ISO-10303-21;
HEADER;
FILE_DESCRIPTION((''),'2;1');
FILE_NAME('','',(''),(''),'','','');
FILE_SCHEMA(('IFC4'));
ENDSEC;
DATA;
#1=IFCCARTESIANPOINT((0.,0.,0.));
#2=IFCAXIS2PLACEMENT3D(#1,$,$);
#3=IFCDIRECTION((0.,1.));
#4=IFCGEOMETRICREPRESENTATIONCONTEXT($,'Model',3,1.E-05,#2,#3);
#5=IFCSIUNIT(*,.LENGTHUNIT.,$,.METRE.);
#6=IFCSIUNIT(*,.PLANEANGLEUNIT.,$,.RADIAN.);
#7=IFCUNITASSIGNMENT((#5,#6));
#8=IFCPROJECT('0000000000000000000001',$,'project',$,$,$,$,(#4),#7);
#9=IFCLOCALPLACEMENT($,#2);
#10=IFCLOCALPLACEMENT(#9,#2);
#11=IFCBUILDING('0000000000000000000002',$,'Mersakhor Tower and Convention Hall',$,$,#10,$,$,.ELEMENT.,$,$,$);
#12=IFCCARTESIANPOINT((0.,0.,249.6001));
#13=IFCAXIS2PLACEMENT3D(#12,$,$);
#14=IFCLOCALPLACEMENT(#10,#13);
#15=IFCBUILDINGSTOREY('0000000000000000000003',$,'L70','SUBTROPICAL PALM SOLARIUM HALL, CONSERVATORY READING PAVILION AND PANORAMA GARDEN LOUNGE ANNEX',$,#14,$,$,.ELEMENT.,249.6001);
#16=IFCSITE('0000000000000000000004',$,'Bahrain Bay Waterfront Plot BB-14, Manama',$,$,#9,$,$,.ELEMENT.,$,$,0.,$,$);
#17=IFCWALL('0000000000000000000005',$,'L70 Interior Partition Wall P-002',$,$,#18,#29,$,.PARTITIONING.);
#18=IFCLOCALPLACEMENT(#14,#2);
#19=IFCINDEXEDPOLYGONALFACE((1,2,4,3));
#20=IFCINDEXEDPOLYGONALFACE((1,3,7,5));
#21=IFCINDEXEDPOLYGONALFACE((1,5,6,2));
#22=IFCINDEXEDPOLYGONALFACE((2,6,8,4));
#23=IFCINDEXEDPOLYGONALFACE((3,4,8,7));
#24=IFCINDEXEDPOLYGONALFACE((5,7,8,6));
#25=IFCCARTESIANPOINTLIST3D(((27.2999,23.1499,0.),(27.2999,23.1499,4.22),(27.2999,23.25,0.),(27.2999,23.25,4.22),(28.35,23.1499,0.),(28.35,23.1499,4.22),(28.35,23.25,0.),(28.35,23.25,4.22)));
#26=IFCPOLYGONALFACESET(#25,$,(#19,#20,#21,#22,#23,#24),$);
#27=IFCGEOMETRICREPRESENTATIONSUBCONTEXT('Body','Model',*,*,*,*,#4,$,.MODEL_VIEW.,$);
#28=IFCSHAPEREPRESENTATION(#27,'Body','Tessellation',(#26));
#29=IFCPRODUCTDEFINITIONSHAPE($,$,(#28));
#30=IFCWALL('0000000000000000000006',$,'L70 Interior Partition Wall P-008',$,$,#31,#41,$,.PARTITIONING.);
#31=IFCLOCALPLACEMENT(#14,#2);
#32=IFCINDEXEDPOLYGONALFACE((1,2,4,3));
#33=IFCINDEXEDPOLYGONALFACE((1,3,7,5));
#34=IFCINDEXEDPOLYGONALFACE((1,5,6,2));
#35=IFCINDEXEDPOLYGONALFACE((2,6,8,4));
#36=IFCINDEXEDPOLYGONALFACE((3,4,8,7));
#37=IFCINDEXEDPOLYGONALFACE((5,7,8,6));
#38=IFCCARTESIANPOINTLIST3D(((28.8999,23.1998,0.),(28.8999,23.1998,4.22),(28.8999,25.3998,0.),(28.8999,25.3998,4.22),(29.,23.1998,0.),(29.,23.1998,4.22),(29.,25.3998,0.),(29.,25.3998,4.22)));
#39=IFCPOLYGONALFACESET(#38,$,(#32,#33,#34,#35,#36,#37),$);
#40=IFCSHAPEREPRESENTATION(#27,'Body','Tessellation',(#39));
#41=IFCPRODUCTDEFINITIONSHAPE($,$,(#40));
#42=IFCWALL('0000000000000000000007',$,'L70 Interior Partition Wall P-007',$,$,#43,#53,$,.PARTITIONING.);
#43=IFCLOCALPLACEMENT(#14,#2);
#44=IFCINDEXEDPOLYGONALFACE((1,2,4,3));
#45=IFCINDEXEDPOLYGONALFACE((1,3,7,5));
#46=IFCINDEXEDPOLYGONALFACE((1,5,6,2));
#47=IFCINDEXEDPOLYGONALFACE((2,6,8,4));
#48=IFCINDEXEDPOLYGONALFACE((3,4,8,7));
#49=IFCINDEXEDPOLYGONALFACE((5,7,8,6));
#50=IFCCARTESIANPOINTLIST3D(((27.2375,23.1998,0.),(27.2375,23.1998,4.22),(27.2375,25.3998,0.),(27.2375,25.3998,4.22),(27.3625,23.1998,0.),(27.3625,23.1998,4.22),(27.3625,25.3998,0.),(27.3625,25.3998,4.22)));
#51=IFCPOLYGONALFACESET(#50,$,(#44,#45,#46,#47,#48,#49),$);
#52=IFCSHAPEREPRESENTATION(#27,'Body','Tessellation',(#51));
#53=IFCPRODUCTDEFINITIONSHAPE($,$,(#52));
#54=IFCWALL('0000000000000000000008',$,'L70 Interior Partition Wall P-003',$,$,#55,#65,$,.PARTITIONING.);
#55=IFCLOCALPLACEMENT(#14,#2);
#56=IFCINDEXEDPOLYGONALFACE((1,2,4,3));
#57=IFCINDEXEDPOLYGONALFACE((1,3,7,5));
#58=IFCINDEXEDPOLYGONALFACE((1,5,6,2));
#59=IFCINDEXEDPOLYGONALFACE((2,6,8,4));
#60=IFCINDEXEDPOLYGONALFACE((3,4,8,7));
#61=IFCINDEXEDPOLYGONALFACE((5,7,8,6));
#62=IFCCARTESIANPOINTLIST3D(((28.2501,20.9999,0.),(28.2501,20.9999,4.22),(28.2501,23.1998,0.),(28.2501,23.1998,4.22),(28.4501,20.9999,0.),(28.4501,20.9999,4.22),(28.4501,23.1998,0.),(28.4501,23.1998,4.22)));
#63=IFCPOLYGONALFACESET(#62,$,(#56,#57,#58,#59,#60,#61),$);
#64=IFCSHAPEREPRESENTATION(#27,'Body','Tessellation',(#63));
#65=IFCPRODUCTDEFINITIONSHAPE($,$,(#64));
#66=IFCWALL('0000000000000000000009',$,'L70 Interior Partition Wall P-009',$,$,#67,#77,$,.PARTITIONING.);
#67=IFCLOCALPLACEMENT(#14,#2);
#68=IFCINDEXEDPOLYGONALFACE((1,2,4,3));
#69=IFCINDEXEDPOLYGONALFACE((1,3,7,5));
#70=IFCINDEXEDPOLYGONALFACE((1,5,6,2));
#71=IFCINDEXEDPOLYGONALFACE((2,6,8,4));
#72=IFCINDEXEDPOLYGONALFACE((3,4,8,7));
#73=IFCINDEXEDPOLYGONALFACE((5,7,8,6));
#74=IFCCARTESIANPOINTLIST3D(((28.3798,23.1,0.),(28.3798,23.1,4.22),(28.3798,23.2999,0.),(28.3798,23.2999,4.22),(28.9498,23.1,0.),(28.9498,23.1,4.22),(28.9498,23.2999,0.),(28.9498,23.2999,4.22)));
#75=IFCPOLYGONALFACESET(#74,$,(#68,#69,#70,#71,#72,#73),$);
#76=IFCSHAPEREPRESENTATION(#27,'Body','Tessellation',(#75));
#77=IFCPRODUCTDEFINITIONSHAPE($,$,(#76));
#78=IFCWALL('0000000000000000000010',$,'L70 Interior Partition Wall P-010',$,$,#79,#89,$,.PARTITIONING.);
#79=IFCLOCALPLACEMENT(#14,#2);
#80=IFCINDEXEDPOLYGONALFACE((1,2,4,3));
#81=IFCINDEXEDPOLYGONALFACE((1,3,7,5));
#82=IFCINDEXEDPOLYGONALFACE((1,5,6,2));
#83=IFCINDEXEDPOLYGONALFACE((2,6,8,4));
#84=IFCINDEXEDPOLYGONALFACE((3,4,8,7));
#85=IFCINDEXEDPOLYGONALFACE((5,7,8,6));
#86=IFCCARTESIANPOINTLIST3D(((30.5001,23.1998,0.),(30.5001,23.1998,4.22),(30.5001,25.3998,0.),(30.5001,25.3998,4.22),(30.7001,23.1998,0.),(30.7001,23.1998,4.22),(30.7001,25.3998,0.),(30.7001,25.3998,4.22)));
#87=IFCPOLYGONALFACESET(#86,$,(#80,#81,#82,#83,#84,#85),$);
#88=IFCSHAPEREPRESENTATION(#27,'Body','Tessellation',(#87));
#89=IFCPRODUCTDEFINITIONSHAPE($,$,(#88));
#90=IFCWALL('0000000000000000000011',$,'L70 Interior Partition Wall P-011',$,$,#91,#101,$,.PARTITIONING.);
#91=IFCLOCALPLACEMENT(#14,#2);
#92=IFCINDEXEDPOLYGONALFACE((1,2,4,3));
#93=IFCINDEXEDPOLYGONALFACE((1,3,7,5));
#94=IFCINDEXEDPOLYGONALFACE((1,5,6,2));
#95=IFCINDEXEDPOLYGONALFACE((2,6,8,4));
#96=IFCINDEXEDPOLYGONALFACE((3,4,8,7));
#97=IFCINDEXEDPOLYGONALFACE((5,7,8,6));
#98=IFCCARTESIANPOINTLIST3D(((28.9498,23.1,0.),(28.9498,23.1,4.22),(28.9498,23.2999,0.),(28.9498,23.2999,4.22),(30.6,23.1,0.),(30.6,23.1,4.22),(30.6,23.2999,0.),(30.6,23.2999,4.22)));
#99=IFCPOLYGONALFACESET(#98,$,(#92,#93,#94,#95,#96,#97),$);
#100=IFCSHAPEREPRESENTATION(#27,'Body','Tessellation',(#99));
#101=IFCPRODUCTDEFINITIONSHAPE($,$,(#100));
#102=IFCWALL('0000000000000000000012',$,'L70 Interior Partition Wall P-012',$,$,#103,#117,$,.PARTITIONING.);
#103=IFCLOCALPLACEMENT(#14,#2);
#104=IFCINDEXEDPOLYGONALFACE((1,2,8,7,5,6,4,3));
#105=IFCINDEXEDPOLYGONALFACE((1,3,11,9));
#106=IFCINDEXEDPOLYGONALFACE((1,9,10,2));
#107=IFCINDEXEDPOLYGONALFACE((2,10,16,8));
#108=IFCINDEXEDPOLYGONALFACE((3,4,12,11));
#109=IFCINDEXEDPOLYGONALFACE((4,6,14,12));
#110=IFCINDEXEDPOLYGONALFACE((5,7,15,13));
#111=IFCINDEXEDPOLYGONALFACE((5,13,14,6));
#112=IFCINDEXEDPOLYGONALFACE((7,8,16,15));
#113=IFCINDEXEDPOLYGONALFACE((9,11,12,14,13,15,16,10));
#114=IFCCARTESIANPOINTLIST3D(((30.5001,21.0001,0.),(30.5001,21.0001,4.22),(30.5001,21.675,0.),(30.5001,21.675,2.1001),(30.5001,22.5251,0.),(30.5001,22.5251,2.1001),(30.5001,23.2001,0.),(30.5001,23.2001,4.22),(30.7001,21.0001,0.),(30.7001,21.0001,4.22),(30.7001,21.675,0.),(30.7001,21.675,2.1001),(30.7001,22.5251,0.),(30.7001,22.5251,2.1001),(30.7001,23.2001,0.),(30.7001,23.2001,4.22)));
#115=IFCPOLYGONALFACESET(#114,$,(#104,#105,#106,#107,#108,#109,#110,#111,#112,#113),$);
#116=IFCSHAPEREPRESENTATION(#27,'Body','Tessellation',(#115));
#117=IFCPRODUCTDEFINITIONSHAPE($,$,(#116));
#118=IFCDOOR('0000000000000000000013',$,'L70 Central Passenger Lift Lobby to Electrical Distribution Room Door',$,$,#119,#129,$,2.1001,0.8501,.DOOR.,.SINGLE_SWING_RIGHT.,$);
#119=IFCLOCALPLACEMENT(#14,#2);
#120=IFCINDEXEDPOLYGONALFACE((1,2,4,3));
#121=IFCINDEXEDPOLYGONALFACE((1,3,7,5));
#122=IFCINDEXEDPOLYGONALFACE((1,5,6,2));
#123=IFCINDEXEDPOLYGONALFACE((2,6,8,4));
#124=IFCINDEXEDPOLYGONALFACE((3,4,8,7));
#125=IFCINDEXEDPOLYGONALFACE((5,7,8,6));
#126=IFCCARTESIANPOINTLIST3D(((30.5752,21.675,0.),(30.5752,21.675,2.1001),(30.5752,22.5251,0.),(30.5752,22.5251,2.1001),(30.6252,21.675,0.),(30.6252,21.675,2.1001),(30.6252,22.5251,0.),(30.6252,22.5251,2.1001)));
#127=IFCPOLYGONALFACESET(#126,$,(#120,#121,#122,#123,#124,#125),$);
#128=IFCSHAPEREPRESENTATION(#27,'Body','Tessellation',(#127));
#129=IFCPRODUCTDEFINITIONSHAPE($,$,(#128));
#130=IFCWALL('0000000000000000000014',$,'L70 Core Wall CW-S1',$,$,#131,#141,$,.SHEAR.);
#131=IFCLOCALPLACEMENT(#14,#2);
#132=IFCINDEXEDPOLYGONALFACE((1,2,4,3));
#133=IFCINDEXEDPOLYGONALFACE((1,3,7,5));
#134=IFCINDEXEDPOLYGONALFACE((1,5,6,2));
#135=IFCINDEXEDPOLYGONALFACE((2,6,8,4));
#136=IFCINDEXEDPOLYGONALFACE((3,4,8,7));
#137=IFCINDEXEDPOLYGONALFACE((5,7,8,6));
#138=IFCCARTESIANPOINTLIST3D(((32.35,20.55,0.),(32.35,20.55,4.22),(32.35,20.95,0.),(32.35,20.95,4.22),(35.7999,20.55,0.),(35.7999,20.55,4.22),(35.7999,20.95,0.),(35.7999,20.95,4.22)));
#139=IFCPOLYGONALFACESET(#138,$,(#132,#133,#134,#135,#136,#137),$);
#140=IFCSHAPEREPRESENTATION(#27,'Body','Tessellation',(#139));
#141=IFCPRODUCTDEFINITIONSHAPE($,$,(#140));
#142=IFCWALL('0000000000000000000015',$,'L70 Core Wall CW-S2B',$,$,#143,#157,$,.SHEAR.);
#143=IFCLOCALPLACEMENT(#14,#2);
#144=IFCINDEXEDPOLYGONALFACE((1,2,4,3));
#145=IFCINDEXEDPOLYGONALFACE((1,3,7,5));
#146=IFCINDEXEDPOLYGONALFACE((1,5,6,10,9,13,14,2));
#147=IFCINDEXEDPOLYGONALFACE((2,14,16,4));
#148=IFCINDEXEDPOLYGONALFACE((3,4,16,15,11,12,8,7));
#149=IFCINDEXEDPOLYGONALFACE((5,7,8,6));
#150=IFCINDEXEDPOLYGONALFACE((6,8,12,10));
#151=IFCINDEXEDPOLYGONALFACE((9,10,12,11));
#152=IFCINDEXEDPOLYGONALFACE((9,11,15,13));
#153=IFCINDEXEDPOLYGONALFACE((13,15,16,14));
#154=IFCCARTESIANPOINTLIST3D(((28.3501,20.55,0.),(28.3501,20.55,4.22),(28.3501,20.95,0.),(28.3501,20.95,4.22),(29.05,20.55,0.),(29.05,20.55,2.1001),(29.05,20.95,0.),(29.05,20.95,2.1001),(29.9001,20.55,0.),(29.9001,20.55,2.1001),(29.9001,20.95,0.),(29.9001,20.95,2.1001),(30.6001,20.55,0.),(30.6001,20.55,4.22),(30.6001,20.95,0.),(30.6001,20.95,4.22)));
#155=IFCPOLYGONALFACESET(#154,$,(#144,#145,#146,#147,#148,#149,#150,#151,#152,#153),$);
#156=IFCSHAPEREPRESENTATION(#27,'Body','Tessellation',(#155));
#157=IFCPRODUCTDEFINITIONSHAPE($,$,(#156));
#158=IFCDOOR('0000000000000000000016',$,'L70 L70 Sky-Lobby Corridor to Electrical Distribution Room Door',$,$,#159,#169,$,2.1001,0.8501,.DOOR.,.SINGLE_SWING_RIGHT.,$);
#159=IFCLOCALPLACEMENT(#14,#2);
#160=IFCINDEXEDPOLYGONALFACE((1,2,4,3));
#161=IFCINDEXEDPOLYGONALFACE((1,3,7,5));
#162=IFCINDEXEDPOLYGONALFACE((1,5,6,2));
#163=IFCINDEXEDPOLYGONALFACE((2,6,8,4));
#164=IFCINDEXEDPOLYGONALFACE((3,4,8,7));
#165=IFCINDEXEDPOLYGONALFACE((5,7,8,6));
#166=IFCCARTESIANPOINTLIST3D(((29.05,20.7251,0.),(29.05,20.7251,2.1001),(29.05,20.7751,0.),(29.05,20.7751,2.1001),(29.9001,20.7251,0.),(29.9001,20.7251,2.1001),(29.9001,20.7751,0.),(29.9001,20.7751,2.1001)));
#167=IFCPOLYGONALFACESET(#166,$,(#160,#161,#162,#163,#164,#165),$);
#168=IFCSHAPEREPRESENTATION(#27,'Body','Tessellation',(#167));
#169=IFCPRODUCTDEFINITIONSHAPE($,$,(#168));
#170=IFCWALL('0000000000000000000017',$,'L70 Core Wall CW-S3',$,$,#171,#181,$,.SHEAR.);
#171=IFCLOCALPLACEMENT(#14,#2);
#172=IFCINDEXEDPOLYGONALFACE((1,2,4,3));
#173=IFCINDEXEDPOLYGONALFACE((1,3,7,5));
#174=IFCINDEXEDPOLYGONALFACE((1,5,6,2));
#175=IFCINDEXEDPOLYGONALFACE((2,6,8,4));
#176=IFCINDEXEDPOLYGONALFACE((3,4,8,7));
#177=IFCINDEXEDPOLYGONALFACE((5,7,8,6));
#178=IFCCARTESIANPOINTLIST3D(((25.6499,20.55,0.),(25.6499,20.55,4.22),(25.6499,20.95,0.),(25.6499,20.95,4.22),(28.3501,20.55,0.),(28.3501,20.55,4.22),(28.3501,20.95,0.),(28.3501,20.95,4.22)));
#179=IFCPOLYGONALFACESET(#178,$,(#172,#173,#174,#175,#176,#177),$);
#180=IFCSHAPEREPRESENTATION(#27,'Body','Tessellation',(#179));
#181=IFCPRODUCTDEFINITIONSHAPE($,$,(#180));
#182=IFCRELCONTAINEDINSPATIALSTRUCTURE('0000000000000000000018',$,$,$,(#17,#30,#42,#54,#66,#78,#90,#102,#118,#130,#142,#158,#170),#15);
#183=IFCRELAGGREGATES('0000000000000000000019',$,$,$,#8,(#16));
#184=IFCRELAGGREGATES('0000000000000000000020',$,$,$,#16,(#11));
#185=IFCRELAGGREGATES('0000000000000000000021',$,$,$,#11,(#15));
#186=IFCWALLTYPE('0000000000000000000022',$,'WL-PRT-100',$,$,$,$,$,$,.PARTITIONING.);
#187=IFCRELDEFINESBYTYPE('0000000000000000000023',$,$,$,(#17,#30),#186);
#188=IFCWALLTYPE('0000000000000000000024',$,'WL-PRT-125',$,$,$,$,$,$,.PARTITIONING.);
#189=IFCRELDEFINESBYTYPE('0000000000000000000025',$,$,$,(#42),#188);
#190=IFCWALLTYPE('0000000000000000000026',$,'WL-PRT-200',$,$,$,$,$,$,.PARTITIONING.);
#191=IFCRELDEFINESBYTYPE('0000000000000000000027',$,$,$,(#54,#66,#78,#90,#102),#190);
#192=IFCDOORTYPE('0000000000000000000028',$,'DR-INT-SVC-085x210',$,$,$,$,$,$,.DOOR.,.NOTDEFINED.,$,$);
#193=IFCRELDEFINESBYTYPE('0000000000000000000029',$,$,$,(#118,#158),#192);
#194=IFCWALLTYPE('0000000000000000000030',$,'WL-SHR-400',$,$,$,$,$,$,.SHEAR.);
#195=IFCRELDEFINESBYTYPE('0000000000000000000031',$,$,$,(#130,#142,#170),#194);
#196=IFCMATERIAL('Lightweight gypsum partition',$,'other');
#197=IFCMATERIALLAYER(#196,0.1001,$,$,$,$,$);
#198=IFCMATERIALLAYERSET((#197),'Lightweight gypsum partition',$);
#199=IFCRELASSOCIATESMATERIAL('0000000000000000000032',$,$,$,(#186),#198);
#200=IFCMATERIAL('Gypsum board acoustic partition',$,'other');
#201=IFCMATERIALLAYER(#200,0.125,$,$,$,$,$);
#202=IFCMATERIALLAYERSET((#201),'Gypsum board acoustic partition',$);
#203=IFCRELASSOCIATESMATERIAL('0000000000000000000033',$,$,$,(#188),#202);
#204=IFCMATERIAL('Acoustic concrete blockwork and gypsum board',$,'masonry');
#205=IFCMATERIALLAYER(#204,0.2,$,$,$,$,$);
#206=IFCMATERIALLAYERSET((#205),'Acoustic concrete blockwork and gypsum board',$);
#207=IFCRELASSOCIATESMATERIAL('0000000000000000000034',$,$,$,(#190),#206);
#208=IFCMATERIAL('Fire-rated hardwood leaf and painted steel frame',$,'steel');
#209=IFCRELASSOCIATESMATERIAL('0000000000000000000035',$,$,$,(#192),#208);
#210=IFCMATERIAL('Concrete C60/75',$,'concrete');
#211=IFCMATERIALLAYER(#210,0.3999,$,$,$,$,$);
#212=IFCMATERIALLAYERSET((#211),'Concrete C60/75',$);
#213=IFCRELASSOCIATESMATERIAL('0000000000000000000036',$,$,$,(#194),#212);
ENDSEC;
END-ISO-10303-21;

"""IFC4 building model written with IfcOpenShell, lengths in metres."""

from ifc_helpers import new_model, si_unit, direction, frame, frame_2d, origin, place, context, subcontext, project, spatial, rectangle, extrude, material, layer, layer_set, type_object, element, fill, save


model = new_model("IFC4")

# Units and contexts
model_context = context("Model", 3, precision=1e-05, world=origin(), true_north=direction((0.0, 1.0)))
body_context = subcontext(model_context, "Body", "Model", "MODEL_VIEW")
ifc_project = project(units=[si_unit("LENGTHUNIT", "METRE"), si_unit("PLANEANGLEUNIT", "RADIAN")], contexts=[model_context])

# Site, building, storey
site_placement = place(None, origin())
site = spatial("IfcSite", under=ifc_project, at=site_placement, Name="Bahrain Bay Waterfront Plot BB-14, Manama", CompositionType="ELEMENT", RefElevation=0.0)
building_placement = place(site_placement, origin())
building = spatial("IfcBuilding", under=site, at=building_placement, Name="Mersakhor Tower and Convention Hall", CompositionType="ELEMENT")
storey_placement = place(building_placement, frame((0.0, 0.0, 249.6001)))
storey = spatial("IfcBuildingStorey", under=building, at=storey_placement, Name="L70", Description="SUBTROPICAL PALM SOLARIUM HALL, CONSERVATORY READING PAVILION AND PANORAMA GARDEN LOUNGE ANNEX", CompositionType="ELEMENT", Elevation=249.6001)

# Walls
ifc_material_1 = material(Name="Lightweight gypsum partition", Category="other")
ifc_layer_1 = layer(ifc_material_1, 0.1001)
ifc_layer_set_1 = layer_set([ifc_layer_1], Name="Lightweight gypsum partition")
wall_type_1 = type_object("IfcWallType", Name="WL-PRT-100", PredefinedType="PARTITIONING", material=ifc_layer_set_1)
wall_1_placement = place(storey_placement, frame((27.3, 23.2, 0.0), z_axis=(0.0, 0.0, 1.0), x_axis=(1.0, 0.0, 0.0)))
element("IfcWall", 1, at=wall_1_placement, inside=storey, type_object=wall_type_1, Name="L70 Interior Partition Wall P-002", PredefinedType="PARTITIONING", context=body_context, shape_type="SweptSolid", body=[
    extrude(rectangle(XDim=1.05, YDim=0.1001, at=frame_2d((0.5249, 0.0))), origin(), (0.0, 0.0, 1.0), 4.22),
])
wall_2_placement = place(storey_placement, frame((28.95, 25.3999, 0.0), z_axis=(0.0, 0.0, 1.0), x_axis=(0.0, -1.0, 0.0)))
element("IfcWall", 2, at=wall_2_placement, inside=storey, type_object=wall_type_1, Name="L70 Interior Partition Wall P-008", PredefinedType="PARTITIONING", context=body_context, shape_type="SweptSolid", body=[
    extrude(rectangle(XDim=2.2, YDim=0.1001, at=frame_2d((1.1001, 0.0))), origin(), (0.0, 0.0, 1.0), 4.22),
])
ifc_material_2 = material(Name="Gypsum board acoustic partition", Category="other")
ifc_layer_2 = layer(ifc_material_2, 0.125)
ifc_layer_set_2 = layer_set([ifc_layer_2], Name="Gypsum board acoustic partition")
wall_type_2 = type_object("IfcWallType", Name="WL-PRT-125", PredefinedType="PARTITIONING", material=ifc_layer_set_2)
wall_3_placement = place(storey_placement, frame((27.3, 25.3999, 0.0), z_axis=(0.0, 0.0, 1.0), x_axis=(0.0, -1.0, 0.0)))
element("IfcWall", 3, at=wall_3_placement, inside=storey, type_object=wall_type_2, Name="L70 Interior Partition Wall P-007", PredefinedType="PARTITIONING", context=body_context, shape_type="SweptSolid", body=[
    extrude(rectangle(XDim=2.2, YDim=0.125, at=frame_2d((1.1001, 0.0))), origin(), (0.0, 0.0, 1.0), 4.22),
])
ifc_material_3 = material(Name="Acoustic concrete blockwork and gypsum board", Category="masonry")
ifc_layer_3 = layer(ifc_material_3, 0.2)
ifc_layer_set_3 = layer_set([ifc_layer_3], Name="Acoustic concrete blockwork and gypsum board")
wall_type_3 = type_object("IfcWallType", Name="WL-PRT-200", PredefinedType="PARTITIONING", material=ifc_layer_set_3)
wall_4_placement = place(storey_placement, frame((28.3501, 23.2, 0.0), z_axis=(0.0, 0.0, 1.0), x_axis=(0.0, -1.0, 0.0)))
element("IfcWall", 4, at=wall_4_placement, inside=storey, type_object=wall_type_3, Name="L70 Interior Partition Wall P-003", PredefinedType="PARTITIONING", context=body_context, shape_type="SweptSolid", body=[
    extrude(rectangle(XDim=2.2, YDim=0.2, at=frame_2d((1.1001, 0.0))), origin(), (0.0, 0.0, 1.0), 4.22),
])
wall_5_placement = place(storey_placement, frame((28.95, 23.2, 0.0), z_axis=(0.0, 0.0, 1.0), x_axis=(-1.0, 0.0, 0.0)))
element("IfcWall", 5, at=wall_5_placement, inside=storey, type_object=wall_type_3, Name="L70 Interior Partition Wall P-009", PredefinedType="PARTITIONING", context=body_context, shape_type="SweptSolid", body=[
    extrude(rectangle(XDim=0.5701, YDim=0.2, at=frame_2d((0.2852, 0.0))), origin(), (0.0, 0.0, 1.0), 4.22),
])
wall_6_placement = place(storey_placement, frame((30.6001, 25.3999, 0.0), z_axis=(0.0, 0.0, 1.0), x_axis=(0.0, -1.0, 0.0)))
element("IfcWall", 6, at=wall_6_placement, inside=storey, type_object=wall_type_3, Name="L70 Interior Partition Wall P-010", PredefinedType="PARTITIONING", context=body_context, shape_type="SweptSolid", body=[
    extrude(rectangle(XDim=2.2, YDim=0.2, at=frame_2d((1.1001, 0.0))), origin(), (0.0, 0.0, 1.0), 4.22),
])
wall_7_placement = place(storey_placement, frame((30.6001, 23.2, 0.0), z_axis=(0.0, 0.0, 1.0), x_axis=(-1.0, 0.0, 0.0)))
element("IfcWall", 7, at=wall_7_placement, inside=storey, type_object=wall_type_3, Name="L70 Interior Partition Wall P-011", PredefinedType="PARTITIONING", context=body_context, shape_type="SweptSolid", body=[
    extrude(rectangle(XDim=1.6501, YDim=0.2, at=frame_2d((0.8252, 0.0))), origin(), (0.0, 0.0, 1.0), 4.22),
])

# Wall, opening, door
wall_8_placement = place(storey_placement, frame((30.6001, 21.0, 0.0), z_axis=(0.0, 0.0, 1.0), x_axis=(0.0, 1.0, 0.0)))
wall_8 = element("IfcWall", 8, at=wall_8_placement, inside=storey, type_object=wall_type_3, Name="L70 Interior Partition Wall P-012", PredefinedType="PARTITIONING", context=body_context, shape_type="SweptSolid", body=[
    extrude(rectangle(XDim=2.2, YDim=0.2, at=frame_2d((1.1001, 0.0))), origin(), (0.0, 0.0, 1.0), 4.22),
])
opening_1_placement = place(wall_8_placement, frame((0.675, 0.0, 0.0)))
opening_1 = element("IfcOpeningElement", 9, at=opening_1_placement, cuts=wall_8, PredefinedType="OPENING", context=body_context, shape_type="SweptSolid", body=[
    extrude(rectangle(XDim=0.8501, YDim=2.1001, at=frame_2d((0.425, 1.05))), frame((0.0, 0.1099, 0.0), z_axis=(0.0, -1.0, 0.0), x_axis=(1.0, 0.0, 0.0)), (0.0, 0.0, 1.0), 0.22),
])
ifc_material_4 = material(Name="Fire-rated hardwood leaf and painted steel frame", Category="steel")
door_type_1 = type_object("IfcDoorType", Name="DR-INT-SVC-085x210", OperationType="NOTDEFINED", PredefinedType="DOOR", material=ifc_material_4)
door_1_placement = place(opening_1_placement, origin())
door_1 = element("IfcDoor", 10, at=door_1_placement, inside=storey, type_object=door_type_1, Name="L70 Central Passenger Lift Lobby to Electrical Distribution Room Door", OperationType="SINGLE_SWING_RIGHT", OverallHeight=2.1001, OverallWidth=0.8501, PredefinedType="DOOR", context=body_context, shape_type="SweptSolid", body=[
    extrude(rectangle(XDim=0.8501, YDim=2.1001, at=frame_2d((0.425, 1.05))), frame((0.0, 0.0249, 0.0), z_axis=(0.0, -1.0, 0.0), x_axis=(1.0, 0.0, 0.0)), (0.0, 0.0, 1.0), 0.05),
])
fill(opening_1, door_1)

# Wall
ifc_material_5 = material(Name="Concrete C60/75", Category="concrete")
ifc_layer_4 = layer(ifc_material_5, 0.3999)
ifc_layer_set_4 = layer_set([ifc_layer_4], Name="Concrete C60/75")
wall_type_4 = type_object("IfcWallType", Name="WL-SHR-400", PredefinedType="SHEAR", material=ifc_layer_set_4)
wall_9_placement = place(storey_placement, frame((35.8, 20.75, 0.0), z_axis=(0.0, 0.0, 1.0), x_axis=(-1.0, 0.0, 0.0)))
element("IfcWall", 11, at=wall_9_placement, inside=storey, type_object=wall_type_4, Name="L70 Core Wall CW-S1", PredefinedType="SHEAR", context=body_context, shape_type="SweptSolid", body=[
    extrude(rectangle(XDim=3.45, YDim=0.3999, at=frame_2d((1.7251, 0.0))), origin(), (0.0, 0.0, 1.0), 4.22),
])

# Wall, opening, door
wall_10_placement = place(storey_placement, frame((30.6001, 20.75, 0.0), z_axis=(0.0, 0.0, 1.0), x_axis=(-1.0, 0.0, 0.0)))
wall_10 = element("IfcWall", 12, at=wall_10_placement, inside=storey, type_object=wall_type_4, Name="L70 Core Wall CW-S2B", PredefinedType="SHEAR", context=body_context, shape_type="SweptSolid", body=[
    extrude(rectangle(XDim=2.25, YDim=0.3999, at=frame_2d((1.125, 0.0))), origin(), (0.0, 0.0, 1.0), 4.22),
])
opening_2_placement = place(wall_10_placement, frame((0.7, 0.0, 0.0)))
opening_2 = element("IfcOpeningElement", 13, at=opening_2_placement, cuts=wall_10, PredefinedType="OPENING", context=body_context, shape_type="SweptSolid", body=[
    extrude(rectangle(XDim=0.8501, YDim=2.1001, at=frame_2d((0.425, 1.05))), frame((0.0, 0.21, 0.0), z_axis=(0.0, -1.0, 0.0), x_axis=(1.0, 0.0, 0.0)), (0.0, 0.0, 1.0), 0.4199),
])
door_2_placement = place(opening_2_placement, origin())
door_2 = element("IfcDoor", 14, at=door_2_placement, inside=storey, type_object=door_type_1, Name="L70 L70 Sky-Lobby Corridor to Electrical Distribution Room Door", OperationType="SINGLE_SWING_RIGHT", OverallHeight=2.1001, OverallWidth=0.8501, PredefinedType="DOOR", context=body_context, shape_type="SweptSolid", body=[
    extrude(rectangle(XDim=0.8501, YDim=2.1001, at=frame_2d((0.425, 1.05))), frame((0.0, 0.0249, 0.0), z_axis=(0.0, -1.0, 0.0), x_axis=(1.0, 0.0, 0.0)), (0.0, 0.0, 1.0), 0.05),
])
fill(opening_2, door_2)

# Wall
wall_11_placement = place(storey_placement, frame((28.3501, 20.75, 0.0), z_axis=(0.0, 0.0, 1.0), x_axis=(-1.0, 0.0, 0.0)))
element("IfcWall", 15, at=wall_11_placement, inside=storey, type_object=wall_type_4, Name="L70 Core Wall CW-S3", PredefinedType="SHEAR", context=body_context, shape_type="SweptSolid", body=[
    extrude(rectangle(XDim=2.7002, YDim=0.3999, at=frame_2d((1.3501, 0.0))), origin(), (0.0, 0.0, 1.0), 4.22),
])

save(model, "model.ifc")
